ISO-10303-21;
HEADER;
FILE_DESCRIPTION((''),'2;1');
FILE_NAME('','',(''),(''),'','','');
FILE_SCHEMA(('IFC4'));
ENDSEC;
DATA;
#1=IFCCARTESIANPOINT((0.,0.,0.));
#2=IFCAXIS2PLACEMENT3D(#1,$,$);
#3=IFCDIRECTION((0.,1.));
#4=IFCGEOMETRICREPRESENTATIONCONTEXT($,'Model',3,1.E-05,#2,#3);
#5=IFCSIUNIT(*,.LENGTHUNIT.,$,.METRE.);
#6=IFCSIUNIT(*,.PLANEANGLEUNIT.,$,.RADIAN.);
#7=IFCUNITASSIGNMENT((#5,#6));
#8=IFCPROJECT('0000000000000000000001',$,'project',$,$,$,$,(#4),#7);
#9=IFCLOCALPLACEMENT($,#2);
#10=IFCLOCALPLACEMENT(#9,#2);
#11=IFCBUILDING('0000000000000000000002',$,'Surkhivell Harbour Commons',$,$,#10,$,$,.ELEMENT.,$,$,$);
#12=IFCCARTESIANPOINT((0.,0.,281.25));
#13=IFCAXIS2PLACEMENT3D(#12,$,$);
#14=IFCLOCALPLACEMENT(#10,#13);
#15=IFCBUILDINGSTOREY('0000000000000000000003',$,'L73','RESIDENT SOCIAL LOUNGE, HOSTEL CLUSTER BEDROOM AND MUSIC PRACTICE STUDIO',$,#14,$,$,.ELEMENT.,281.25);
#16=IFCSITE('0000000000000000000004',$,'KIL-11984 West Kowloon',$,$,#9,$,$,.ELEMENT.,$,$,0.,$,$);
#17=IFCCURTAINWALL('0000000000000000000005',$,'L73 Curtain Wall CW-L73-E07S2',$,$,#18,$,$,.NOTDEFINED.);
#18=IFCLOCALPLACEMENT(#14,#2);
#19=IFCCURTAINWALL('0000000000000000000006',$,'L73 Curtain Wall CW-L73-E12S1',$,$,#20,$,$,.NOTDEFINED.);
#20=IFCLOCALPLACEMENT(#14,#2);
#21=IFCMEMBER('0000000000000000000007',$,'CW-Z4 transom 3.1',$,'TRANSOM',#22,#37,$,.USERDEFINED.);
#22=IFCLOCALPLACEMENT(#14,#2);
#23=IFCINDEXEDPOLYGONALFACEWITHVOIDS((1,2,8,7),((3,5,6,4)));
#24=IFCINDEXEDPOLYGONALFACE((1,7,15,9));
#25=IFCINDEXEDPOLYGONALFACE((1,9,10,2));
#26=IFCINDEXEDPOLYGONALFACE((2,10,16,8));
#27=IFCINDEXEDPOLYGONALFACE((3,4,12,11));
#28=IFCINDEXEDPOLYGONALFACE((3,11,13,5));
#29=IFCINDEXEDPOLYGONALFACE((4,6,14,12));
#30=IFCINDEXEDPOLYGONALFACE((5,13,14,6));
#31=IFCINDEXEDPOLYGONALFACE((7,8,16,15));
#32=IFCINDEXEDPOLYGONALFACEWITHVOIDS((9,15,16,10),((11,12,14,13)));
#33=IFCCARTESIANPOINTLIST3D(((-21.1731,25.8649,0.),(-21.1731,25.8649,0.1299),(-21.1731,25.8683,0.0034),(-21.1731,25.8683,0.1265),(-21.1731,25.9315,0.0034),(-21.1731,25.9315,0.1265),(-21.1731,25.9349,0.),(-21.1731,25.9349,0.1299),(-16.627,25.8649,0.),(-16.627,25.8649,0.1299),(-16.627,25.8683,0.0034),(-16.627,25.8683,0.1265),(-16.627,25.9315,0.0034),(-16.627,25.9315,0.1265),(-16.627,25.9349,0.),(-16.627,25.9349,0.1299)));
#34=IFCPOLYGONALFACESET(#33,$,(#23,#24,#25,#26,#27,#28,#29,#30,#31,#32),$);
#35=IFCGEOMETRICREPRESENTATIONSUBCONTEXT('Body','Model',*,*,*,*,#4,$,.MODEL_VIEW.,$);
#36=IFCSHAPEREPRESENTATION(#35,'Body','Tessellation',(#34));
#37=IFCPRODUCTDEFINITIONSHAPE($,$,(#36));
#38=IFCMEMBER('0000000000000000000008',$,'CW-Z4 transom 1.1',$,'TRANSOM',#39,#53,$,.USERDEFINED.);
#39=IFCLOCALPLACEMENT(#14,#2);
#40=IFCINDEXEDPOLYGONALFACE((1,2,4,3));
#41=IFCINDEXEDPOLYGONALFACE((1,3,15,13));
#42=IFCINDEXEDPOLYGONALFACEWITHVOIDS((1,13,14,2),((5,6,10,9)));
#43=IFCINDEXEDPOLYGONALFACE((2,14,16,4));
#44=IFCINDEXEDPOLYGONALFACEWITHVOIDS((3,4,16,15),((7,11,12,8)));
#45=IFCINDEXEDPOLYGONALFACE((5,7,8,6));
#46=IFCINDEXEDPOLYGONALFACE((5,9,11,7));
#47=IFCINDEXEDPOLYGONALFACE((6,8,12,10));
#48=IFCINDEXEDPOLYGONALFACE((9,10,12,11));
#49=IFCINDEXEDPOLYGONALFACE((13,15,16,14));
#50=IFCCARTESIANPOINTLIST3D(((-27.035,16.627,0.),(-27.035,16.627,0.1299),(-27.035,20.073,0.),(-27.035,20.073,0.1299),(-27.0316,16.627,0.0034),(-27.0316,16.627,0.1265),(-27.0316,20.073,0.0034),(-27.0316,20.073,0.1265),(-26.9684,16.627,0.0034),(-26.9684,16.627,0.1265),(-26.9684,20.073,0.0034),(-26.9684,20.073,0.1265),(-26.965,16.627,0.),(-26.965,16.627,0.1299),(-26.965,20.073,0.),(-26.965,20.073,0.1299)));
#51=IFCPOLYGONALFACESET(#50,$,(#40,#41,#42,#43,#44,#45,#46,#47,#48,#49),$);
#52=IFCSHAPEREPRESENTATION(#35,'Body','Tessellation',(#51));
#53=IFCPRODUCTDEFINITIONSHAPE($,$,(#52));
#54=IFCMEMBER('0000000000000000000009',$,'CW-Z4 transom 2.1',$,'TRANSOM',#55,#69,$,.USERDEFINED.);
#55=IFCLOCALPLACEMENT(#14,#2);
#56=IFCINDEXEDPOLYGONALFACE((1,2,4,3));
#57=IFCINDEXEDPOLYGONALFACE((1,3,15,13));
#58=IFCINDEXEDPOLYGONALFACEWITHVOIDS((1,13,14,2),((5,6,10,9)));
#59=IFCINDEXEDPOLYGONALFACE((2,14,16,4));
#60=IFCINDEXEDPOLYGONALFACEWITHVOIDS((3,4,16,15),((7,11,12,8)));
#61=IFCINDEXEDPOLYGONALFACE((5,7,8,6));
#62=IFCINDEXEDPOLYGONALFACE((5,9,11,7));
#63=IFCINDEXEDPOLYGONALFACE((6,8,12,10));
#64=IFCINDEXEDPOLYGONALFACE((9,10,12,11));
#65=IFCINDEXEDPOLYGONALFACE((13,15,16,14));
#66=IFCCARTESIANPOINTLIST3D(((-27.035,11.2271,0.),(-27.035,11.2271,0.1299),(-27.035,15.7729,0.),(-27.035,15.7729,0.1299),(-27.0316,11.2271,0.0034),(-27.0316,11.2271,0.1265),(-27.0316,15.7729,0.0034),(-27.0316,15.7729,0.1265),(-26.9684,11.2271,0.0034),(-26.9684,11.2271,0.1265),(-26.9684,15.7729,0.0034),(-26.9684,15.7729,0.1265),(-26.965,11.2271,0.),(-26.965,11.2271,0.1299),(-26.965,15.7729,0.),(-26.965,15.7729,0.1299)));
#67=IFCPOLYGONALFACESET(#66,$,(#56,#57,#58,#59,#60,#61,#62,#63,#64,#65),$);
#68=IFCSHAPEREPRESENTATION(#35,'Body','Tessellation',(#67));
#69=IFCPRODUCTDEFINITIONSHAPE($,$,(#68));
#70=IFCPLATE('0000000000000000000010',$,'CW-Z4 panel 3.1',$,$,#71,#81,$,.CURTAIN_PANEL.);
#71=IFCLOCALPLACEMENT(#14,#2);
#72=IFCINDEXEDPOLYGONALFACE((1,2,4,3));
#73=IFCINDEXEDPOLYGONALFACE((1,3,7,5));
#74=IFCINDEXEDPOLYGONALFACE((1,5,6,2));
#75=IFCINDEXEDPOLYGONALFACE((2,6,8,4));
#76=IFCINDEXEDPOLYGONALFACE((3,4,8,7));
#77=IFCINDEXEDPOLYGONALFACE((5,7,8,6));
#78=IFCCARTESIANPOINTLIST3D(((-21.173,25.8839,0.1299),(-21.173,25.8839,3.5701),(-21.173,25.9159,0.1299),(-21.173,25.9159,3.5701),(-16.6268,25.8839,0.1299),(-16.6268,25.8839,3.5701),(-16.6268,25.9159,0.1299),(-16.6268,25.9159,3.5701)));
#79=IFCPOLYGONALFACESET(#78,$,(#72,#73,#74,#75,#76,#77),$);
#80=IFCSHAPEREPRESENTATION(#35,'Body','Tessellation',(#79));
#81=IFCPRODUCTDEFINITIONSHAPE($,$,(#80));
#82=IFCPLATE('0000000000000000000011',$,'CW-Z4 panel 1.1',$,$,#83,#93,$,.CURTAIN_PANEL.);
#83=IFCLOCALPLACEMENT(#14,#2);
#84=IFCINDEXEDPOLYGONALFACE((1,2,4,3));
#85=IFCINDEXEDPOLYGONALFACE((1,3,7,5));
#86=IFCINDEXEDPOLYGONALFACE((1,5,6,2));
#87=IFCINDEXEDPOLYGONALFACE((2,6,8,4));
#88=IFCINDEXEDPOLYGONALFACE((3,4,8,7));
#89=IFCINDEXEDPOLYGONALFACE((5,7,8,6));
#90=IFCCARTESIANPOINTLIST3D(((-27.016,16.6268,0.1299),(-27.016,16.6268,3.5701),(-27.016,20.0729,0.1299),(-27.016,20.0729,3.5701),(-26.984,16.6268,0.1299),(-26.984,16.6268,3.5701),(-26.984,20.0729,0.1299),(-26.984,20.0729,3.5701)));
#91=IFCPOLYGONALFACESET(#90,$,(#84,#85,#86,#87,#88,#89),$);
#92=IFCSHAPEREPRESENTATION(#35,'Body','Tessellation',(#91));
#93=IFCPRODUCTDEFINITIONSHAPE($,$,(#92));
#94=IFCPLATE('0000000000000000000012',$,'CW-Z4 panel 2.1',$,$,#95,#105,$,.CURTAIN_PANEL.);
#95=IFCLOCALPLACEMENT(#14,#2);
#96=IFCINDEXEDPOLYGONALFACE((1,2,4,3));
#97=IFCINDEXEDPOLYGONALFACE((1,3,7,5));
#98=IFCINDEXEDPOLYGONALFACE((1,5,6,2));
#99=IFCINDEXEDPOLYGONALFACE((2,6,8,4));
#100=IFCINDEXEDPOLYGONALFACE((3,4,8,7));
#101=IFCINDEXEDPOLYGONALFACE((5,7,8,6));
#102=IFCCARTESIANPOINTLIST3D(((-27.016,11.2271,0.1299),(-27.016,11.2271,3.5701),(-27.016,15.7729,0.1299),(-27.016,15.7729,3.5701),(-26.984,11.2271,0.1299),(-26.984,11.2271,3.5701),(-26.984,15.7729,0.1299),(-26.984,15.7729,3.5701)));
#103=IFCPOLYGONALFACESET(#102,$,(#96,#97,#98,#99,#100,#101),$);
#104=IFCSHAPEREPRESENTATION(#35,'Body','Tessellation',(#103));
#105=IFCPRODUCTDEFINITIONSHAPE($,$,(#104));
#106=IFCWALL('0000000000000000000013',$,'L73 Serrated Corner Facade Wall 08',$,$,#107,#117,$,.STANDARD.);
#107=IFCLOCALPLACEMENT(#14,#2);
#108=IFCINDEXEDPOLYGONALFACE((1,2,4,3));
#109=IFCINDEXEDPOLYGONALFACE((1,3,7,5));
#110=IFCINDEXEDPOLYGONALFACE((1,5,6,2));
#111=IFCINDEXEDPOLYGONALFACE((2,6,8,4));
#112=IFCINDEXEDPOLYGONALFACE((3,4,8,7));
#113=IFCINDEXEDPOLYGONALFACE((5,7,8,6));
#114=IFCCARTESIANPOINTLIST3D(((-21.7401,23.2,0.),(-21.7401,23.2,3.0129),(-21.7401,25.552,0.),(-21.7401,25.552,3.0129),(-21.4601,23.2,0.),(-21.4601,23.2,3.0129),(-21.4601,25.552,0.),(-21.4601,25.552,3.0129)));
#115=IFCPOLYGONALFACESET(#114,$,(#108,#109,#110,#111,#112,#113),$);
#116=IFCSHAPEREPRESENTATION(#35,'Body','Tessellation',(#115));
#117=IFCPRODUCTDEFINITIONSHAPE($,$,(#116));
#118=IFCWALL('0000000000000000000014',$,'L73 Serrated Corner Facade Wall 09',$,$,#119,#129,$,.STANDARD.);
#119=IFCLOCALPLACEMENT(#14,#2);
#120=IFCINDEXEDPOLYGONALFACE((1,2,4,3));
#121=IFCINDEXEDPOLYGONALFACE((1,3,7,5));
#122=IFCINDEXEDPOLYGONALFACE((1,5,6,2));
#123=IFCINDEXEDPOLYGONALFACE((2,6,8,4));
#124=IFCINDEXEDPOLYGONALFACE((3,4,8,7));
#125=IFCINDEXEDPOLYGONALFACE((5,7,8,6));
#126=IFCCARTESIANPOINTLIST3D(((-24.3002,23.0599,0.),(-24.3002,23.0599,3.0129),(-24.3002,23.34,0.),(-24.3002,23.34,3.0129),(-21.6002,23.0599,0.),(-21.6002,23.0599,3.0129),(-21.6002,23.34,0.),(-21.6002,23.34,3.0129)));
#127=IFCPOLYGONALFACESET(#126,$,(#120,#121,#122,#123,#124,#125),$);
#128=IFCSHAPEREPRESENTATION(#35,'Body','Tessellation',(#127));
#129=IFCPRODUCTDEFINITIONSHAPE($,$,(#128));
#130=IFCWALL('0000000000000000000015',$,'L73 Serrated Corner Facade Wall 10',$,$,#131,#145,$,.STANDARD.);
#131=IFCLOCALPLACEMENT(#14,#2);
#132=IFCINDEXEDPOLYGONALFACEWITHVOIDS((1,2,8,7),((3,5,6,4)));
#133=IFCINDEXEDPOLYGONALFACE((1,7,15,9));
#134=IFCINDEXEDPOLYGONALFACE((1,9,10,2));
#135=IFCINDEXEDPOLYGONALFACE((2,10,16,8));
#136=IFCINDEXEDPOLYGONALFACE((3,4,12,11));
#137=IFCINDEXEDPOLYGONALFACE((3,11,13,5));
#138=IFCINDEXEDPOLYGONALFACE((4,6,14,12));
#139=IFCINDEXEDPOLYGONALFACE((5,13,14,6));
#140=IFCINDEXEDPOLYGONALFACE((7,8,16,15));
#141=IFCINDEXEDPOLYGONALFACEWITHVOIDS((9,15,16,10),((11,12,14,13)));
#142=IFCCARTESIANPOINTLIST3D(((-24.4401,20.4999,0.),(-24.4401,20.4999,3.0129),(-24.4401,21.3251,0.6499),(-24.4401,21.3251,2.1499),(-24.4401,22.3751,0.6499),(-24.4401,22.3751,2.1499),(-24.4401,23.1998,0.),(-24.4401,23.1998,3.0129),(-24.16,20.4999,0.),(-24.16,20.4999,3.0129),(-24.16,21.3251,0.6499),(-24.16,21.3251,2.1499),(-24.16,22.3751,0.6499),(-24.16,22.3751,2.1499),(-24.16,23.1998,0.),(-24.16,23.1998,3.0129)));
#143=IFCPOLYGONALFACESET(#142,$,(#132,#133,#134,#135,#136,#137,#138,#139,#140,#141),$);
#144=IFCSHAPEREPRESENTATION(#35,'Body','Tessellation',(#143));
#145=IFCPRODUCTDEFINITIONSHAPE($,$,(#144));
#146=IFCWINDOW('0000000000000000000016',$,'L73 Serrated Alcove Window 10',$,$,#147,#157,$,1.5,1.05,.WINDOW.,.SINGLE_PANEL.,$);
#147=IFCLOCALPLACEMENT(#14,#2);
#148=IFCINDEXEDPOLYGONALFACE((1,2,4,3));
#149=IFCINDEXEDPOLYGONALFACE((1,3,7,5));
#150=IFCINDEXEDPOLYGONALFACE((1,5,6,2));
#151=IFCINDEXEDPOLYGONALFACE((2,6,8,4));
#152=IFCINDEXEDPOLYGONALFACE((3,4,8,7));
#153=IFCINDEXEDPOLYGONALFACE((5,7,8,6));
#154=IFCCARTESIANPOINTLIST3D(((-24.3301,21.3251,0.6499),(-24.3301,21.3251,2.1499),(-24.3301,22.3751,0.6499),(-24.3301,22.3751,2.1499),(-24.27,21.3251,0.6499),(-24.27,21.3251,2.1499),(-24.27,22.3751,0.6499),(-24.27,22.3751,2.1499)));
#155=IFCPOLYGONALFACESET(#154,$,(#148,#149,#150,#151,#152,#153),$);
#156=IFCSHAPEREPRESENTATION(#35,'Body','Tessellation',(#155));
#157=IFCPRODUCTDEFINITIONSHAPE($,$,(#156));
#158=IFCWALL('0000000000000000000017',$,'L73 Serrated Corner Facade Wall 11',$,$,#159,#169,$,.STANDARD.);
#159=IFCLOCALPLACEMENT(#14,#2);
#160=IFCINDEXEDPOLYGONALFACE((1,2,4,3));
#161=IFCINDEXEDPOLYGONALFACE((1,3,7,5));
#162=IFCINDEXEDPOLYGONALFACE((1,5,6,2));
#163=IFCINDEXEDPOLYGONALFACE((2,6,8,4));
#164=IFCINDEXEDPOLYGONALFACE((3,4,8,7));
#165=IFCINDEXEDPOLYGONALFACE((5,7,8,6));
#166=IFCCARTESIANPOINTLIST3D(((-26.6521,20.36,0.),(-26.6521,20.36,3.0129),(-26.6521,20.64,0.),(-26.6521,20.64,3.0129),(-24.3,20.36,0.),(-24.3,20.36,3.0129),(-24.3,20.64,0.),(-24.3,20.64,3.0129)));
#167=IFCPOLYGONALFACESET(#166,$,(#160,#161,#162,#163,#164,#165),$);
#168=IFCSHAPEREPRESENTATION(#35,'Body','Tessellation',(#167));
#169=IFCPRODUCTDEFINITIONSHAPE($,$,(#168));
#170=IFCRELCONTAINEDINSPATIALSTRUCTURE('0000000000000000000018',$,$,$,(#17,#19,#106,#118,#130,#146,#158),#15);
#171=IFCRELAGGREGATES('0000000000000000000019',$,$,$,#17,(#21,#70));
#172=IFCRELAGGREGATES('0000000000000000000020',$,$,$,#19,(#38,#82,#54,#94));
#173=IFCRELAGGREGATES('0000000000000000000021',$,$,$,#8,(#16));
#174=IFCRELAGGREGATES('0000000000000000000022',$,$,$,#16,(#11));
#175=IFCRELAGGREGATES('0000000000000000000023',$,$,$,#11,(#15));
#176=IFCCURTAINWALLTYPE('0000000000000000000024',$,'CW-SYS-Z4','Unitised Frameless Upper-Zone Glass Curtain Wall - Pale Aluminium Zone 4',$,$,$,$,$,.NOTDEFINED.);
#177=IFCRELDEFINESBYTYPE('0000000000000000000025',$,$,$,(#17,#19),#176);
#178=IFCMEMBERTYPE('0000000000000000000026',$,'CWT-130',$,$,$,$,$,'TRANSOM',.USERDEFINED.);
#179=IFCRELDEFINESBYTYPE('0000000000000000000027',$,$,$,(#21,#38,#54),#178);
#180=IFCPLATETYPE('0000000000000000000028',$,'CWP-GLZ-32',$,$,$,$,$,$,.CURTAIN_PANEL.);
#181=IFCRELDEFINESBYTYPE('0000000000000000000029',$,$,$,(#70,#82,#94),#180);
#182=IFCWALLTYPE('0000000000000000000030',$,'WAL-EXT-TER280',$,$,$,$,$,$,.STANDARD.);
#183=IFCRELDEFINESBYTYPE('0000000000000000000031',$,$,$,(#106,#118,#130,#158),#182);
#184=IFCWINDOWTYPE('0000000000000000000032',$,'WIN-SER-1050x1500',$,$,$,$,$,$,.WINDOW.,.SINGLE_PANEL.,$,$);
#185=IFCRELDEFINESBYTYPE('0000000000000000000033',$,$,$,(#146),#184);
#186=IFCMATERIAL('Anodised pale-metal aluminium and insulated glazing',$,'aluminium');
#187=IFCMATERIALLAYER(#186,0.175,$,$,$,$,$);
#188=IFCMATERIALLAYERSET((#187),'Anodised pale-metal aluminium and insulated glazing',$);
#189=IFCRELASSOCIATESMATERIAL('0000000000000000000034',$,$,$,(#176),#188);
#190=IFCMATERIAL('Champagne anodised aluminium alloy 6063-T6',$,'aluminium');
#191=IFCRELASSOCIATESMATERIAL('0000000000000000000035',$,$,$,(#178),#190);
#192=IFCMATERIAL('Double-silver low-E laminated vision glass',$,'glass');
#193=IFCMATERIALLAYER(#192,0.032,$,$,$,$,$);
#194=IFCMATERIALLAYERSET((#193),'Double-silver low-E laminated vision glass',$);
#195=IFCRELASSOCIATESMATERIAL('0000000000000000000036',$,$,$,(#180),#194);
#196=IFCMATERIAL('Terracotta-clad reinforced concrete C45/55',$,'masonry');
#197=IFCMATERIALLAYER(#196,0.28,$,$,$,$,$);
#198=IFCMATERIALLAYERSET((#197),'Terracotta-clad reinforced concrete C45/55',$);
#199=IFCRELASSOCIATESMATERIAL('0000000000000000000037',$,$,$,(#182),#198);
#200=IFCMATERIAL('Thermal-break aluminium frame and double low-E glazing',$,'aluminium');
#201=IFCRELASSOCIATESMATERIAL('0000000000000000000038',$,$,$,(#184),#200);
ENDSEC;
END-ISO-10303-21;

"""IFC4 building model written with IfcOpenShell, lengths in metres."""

from ifc_helpers import new_model, si_unit, direction, frame, frame_2d, origin, origin_2d, place, context, subcontext, project, spatial, rectangle, hollow_rectangle, extrude, material, layer, layer_set, material_profile, profile_set, type_object, element, fill, aggregate, save


model = new_model("IFC4")

# Units and contexts
model_context = context("Model", 3, precision=1e-05, world=origin(), true_north=direction((0.0, 1.0)))
body_context = subcontext(model_context, "Body", "Model", "MODEL_VIEW")
ifc_project = project(units=[si_unit("LENGTHUNIT", "METRE"), si_unit("PLANEANGLEUNIT", "RADIAN")], contexts=[model_context])

# Site, building, storey
site_placement = place(None, origin())
site = spatial("IfcSite", under=ifc_project, at=site_placement, Name="KIL-11984 West Kowloon", CompositionType="ELEMENT", RefElevation=0.0)
building_placement = place(site_placement, origin())
building = spatial("IfcBuilding", under=site, at=building_placement, Name="Surkhivell Harbour Commons", CompositionType="ELEMENT")
storey_placement = place(building_placement, frame((0.0, 0.0, 281.25)))
storey = spatial("IfcBuildingStorey", under=building, at=storey_placement, Name="L73", Description="RESIDENT SOCIAL LOUNGE, HOSTEL CLUSTER BEDROOM AND MUSIC PRACTICE STUDIO", CompositionType="ELEMENT", Elevation=281.25)

# Curtain wall
ifc_material_1 = material(Name="Anodised pale-metal aluminium and insulated glazing", Category="aluminium")
ifc_layer_1 = layer(ifc_material_1, 0.175)
ifc_layer_set_1 = layer_set([ifc_layer_1], Name="Anodised pale-metal aluminium and insulated glazing")
curtain_wall_type = type_object("IfcCurtainWallType", Name="CW-SYS-Z4", Description="Unitised Frameless Upper-Zone Glass Curtain Wall - Pale Aluminium Zone 4", PredefinedType="NOTDEFINED", material=ifc_layer_set_1)
curtain_wall_1_placement = place(storey_placement, origin())
curtain_wall_1 = element("IfcCurtainWall", 1, at=curtain_wall_1_placement, inside=storey, type_object=curtain_wall_type, Name="L73 Curtain Wall CW-L73-E07S2", PredefinedType="NOTDEFINED")

# Curtain wall
curtain_wall_2_placement = place(storey_placement, origin())
curtain_wall_2 = element("IfcCurtainWall", 2, at=curtain_wall_2_placement, inside=storey, type_object=curtain_wall_type, Name="L73 Curtain Wall CW-L73-E12S1", PredefinedType="NOTDEFINED")

# Members
ifc_material_2 = material(Name="Champagne anodised aluminium alloy 6063-T6", Category="aluminium")
ifc_material_profile_1 = material_profile(ifc_material_2, hollow_rectangle(XDim=0.0701, YDim=0.1299, WallThickness=0.0034, at=origin_2d()), Name="ALU-TRAN-70x130")
ifc_profile_set_1 = profile_set([ifc_material_profile_1], Name="Champagne anodised aluminium alloy 6063-T6")
member_type_1 = type_object("IfcMemberType", Name="CWT-130", ElementType="TRANSOM", PredefinedType="USERDEFINED", material=ifc_profile_set_1)
member_1_placement = place(storey_placement, frame((-16.627, 25.8999, 0.0649), z_axis=(-1.0, 0.0, 0.0), x_axis=(0.0, -1.0, 0.0)))
member_1 = element("IfcMember", 3, at=member_1_placement, type_object=member_type_1, Name="CW-Z4 transom 3.1", ObjectType="TRANSOM", PredefinedType="USERDEFINED", context=body_context, shape_type="SweptSolid", body=[
    extrude(hollow_rectangle(XDim=0.0701, YDim=0.1299, WallThickness=0.0034, at=origin_2d()), origin(), (0.0, 0.0, 1.0), 4.5461),
])
member_2_placement = place(storey_placement, frame((-27.0, 20.073, 0.0649), z_axis=(0.0, -1.0, 0.0), x_axis=(1.0, 0.0, 0.0)))
member_2 = element("IfcMember", 4, at=member_2_placement, type_object=member_type_1, Name="CW-Z4 transom 1.1", ObjectType="TRANSOM", PredefinedType="USERDEFINED", context=body_context, shape_type="SweptSolid", body=[
    extrude(hollow_rectangle(XDim=0.0701, YDim=0.1299, WallThickness=0.0034, at=origin_2d()), origin(), (0.0, 0.0, 1.0), 3.446),
])
member_3_placement = place(storey_placement, frame((-27.0, 15.7729, 0.0649), z_axis=(0.0, -1.0, 0.0), x_axis=(1.0, 0.0, 0.0)))
member_3 = element("IfcMember", 5, at=member_3_placement, type_object=member_type_1, Name="CW-Z4 transom 2.1", ObjectType="TRANSOM", PredefinedType="USERDEFINED", context=body_context, shape_type="SweptSolid", body=[
    extrude(hollow_rectangle(XDim=0.0701, YDim=0.1299, WallThickness=0.0034, at=origin_2d()), origin(), (0.0, 0.0, 1.0), 4.5459),
])

# Plates
ifc_material_3 = material(Name="Double-silver low-E laminated vision glass", Category="glass")
ifc_layer_2 = layer(ifc_material_3, 0.032)
ifc_layer_set_2 = layer_set([ifc_layer_2], Name="Double-silver low-E laminated vision glass")
plate_type = type_object("IfcPlateType", Name="CWP-GLZ-32", PredefinedType="CURTAIN_PANEL", material=ifc_layer_set_2)
plate_1_placement = place(storey_placement, frame((-16.627, 25.8999, 0.1299), z_axis=(0.0, 0.0, 1.0), x_axis=(-1.0, 0.0, 0.0)))
plate_1 = element("IfcPlate", 6, at=plate_1_placement, type_object=plate_type, Name="CW-Z4 panel 3.1", PredefinedType="CURTAIN_PANEL", context=body_context, shape_type="SweptSolid", body=[
    extrude(rectangle(XDim=4.5461, YDim=0.032, at=frame_2d((2.2729, 0.0))), origin(), (0.0, 0.0, 1.0), 3.4402),
])
aggregate(curtain_wall_1, [member_1, plate_1])
plate_2_placement = place(storey_placement, frame((-27.0, 20.073, 0.1299), z_axis=(0.0, 0.0, 1.0), x_axis=(0.0, -1.0, 0.0)))
plate_2 = element("IfcPlate", 7, at=plate_2_placement, type_object=plate_type, Name="CW-Z4 panel 1.1", PredefinedType="CURTAIN_PANEL", context=body_context, shape_type="SweptSolid", body=[
    extrude(rectangle(XDim=3.446, YDim=0.032, at=frame_2d((1.7231, 0.0))), origin(), (0.0, 0.0, 1.0), 3.4402),
])
plate_3_placement = place(storey_placement, frame((-27.0, 15.7729, 0.1299), z_axis=(0.0, 0.0, 1.0), x_axis=(0.0, -1.0, 0.0)))
plate_3 = element("IfcPlate", 8, at=plate_3_placement, type_object=plate_type, Name="CW-Z4 panel 2.1", PredefinedType="CURTAIN_PANEL", context=body_context, shape_type="SweptSolid", body=[
    extrude(rectangle(XDim=4.5459, YDim=0.032, at=frame_2d((2.2729, 0.0))), origin(), (0.0, 0.0, 1.0), 3.4402),
])
aggregate(curtain_wall_2, [member_2, plate_2, member_3, plate_3])

# Walls
ifc_material_4 = material(Name="Terracotta-clad reinforced concrete C45/55", Category="masonry")
ifc_layer_3 = layer(ifc_material_4, 0.28)
ifc_layer_set_3 = layer_set([ifc_layer_3], Name="Terracotta-clad reinforced concrete C45/55")
wall_type = type_object("IfcWallType", Name="WAL-EXT-TER280", PredefinedType="STANDARD", material=ifc_layer_set_3)
wall_1_placement = place(storey_placement, frame((-21.6001, 25.552, 0.0), z_axis=(0.0, 0.0, 1.0), x_axis=(0.0, -1.0, 0.0)))
element("IfcWall", 9, at=wall_1_placement, inside=storey, type_object=wall_type, Name="L73 Serrated Corner Facade Wall 08", PredefinedType="STANDARD", context=body_context, shape_type="SweptSolid", body=[
    extrude(rectangle(XDim=2.3521, YDim=0.28, at=frame_2d((1.176, 0.0))), origin(), (0.0, 0.0, 1.0), 3.0129),
])
wall_2_placement = place(storey_placement, frame((-21.6001, 23.2, 0.0), z_axis=(0.0, 0.0, 1.0), x_axis=(-1.0, 0.0, 0.0)))
element("IfcWall", 10, at=wall_2_placement, inside=storey, type_object=wall_type, Name="L73 Serrated Corner Facade Wall 09", PredefinedType="STANDARD", context=body_context, shape_type="SweptSolid", body=[
    extrude(rectangle(XDim=2.7, YDim=0.28, at=frame_2d((1.3501, 0.0))), origin(), (0.0, 0.0, 1.0), 3.0129),
])

# Wall, opening, window
wall_3_placement = place(storey_placement, frame((-24.3, 23.2, 0.0), z_axis=(0.0, 0.0, 1.0), x_axis=(0.0, -1.0, 0.0)))
wall_3 = element("IfcWall", 11, at=wall_3_placement, inside=storey, type_object=wall_type, Name="L73 Serrated Corner Facade Wall 10", PredefinedType="STANDARD", context=body_context, shape_type="SweptSolid", body=[
    extrude(rectangle(XDim=2.7, YDim=0.28, at=frame_2d((1.3501, 0.0))), origin(), (0.0, 0.0, 1.0), 3.0129),
])
opening_placement = place(wall_3_placement, frame((0.825, 0.0, 0.6499)))
opening = element("IfcOpeningElement", 12, at=opening_placement, cuts=wall_3, PredefinedType="OPENING", context=body_context, shape_type="SweptSolid", body=[
    extrude(rectangle(XDim=1.05, YDim=1.5, at=frame_2d((0.5249, 0.75))), frame((0.0, 0.1499, 0.0), z_axis=(0.0, -1.0, 0.0), x_axis=(1.0, 0.0, 0.0)), (0.0, 0.0, 1.0), 0.3),
])
ifc_material_5 = material(Name="Thermal-break aluminium frame and double low-E glazing", Category="aluminium")
window_type = type_object("IfcWindowType", Name="WIN-SER-1050x1500", PartitioningType="SINGLE_PANEL", PredefinedType="WINDOW", material=ifc_material_5)
window_placement = place(opening_placement, origin())
window = element("IfcWindow", 13, at=window_placement, inside=storey, type_object=window_type, Name="L73 Serrated Alcove Window 10", OverallHeight=1.5, OverallWidth=1.05, PartitioningType="SINGLE_PANEL", PredefinedType="WINDOW", context=body_context, shape_type="SweptSolid", body=[
    extrude(rectangle(XDim=1.05, YDim=1.5, at=frame_2d((0.5249, 0.75))), frame((0.0, 0.03, 0.0), z_axis=(0.0, -1.0, 0.0), x_axis=(1.0, 0.0, 0.0)), (0.0, 0.0, 1.0), 0.0601),
])
fill(opening, window)

# Wall
wall_4_placement = place(storey_placement, frame((-24.3, 20.5, 0.0), z_axis=(0.0, 0.0, 1.0), x_axis=(-1.0, 0.0, 0.0)))
element("IfcWall", 14, at=wall_4_placement, inside=storey, type_object=wall_type, Name="L73 Serrated Corner Facade Wall 11", PredefinedType="STANDARD", context=body_context, shape_type="SweptSolid", body=[
    extrude(rectangle(XDim=2.3521, YDim=0.28, at=frame_2d((1.176, 0.0))), origin(), (0.0, 0.0, 1.0), 3.0129),
])

save(model, "model.ifc")
